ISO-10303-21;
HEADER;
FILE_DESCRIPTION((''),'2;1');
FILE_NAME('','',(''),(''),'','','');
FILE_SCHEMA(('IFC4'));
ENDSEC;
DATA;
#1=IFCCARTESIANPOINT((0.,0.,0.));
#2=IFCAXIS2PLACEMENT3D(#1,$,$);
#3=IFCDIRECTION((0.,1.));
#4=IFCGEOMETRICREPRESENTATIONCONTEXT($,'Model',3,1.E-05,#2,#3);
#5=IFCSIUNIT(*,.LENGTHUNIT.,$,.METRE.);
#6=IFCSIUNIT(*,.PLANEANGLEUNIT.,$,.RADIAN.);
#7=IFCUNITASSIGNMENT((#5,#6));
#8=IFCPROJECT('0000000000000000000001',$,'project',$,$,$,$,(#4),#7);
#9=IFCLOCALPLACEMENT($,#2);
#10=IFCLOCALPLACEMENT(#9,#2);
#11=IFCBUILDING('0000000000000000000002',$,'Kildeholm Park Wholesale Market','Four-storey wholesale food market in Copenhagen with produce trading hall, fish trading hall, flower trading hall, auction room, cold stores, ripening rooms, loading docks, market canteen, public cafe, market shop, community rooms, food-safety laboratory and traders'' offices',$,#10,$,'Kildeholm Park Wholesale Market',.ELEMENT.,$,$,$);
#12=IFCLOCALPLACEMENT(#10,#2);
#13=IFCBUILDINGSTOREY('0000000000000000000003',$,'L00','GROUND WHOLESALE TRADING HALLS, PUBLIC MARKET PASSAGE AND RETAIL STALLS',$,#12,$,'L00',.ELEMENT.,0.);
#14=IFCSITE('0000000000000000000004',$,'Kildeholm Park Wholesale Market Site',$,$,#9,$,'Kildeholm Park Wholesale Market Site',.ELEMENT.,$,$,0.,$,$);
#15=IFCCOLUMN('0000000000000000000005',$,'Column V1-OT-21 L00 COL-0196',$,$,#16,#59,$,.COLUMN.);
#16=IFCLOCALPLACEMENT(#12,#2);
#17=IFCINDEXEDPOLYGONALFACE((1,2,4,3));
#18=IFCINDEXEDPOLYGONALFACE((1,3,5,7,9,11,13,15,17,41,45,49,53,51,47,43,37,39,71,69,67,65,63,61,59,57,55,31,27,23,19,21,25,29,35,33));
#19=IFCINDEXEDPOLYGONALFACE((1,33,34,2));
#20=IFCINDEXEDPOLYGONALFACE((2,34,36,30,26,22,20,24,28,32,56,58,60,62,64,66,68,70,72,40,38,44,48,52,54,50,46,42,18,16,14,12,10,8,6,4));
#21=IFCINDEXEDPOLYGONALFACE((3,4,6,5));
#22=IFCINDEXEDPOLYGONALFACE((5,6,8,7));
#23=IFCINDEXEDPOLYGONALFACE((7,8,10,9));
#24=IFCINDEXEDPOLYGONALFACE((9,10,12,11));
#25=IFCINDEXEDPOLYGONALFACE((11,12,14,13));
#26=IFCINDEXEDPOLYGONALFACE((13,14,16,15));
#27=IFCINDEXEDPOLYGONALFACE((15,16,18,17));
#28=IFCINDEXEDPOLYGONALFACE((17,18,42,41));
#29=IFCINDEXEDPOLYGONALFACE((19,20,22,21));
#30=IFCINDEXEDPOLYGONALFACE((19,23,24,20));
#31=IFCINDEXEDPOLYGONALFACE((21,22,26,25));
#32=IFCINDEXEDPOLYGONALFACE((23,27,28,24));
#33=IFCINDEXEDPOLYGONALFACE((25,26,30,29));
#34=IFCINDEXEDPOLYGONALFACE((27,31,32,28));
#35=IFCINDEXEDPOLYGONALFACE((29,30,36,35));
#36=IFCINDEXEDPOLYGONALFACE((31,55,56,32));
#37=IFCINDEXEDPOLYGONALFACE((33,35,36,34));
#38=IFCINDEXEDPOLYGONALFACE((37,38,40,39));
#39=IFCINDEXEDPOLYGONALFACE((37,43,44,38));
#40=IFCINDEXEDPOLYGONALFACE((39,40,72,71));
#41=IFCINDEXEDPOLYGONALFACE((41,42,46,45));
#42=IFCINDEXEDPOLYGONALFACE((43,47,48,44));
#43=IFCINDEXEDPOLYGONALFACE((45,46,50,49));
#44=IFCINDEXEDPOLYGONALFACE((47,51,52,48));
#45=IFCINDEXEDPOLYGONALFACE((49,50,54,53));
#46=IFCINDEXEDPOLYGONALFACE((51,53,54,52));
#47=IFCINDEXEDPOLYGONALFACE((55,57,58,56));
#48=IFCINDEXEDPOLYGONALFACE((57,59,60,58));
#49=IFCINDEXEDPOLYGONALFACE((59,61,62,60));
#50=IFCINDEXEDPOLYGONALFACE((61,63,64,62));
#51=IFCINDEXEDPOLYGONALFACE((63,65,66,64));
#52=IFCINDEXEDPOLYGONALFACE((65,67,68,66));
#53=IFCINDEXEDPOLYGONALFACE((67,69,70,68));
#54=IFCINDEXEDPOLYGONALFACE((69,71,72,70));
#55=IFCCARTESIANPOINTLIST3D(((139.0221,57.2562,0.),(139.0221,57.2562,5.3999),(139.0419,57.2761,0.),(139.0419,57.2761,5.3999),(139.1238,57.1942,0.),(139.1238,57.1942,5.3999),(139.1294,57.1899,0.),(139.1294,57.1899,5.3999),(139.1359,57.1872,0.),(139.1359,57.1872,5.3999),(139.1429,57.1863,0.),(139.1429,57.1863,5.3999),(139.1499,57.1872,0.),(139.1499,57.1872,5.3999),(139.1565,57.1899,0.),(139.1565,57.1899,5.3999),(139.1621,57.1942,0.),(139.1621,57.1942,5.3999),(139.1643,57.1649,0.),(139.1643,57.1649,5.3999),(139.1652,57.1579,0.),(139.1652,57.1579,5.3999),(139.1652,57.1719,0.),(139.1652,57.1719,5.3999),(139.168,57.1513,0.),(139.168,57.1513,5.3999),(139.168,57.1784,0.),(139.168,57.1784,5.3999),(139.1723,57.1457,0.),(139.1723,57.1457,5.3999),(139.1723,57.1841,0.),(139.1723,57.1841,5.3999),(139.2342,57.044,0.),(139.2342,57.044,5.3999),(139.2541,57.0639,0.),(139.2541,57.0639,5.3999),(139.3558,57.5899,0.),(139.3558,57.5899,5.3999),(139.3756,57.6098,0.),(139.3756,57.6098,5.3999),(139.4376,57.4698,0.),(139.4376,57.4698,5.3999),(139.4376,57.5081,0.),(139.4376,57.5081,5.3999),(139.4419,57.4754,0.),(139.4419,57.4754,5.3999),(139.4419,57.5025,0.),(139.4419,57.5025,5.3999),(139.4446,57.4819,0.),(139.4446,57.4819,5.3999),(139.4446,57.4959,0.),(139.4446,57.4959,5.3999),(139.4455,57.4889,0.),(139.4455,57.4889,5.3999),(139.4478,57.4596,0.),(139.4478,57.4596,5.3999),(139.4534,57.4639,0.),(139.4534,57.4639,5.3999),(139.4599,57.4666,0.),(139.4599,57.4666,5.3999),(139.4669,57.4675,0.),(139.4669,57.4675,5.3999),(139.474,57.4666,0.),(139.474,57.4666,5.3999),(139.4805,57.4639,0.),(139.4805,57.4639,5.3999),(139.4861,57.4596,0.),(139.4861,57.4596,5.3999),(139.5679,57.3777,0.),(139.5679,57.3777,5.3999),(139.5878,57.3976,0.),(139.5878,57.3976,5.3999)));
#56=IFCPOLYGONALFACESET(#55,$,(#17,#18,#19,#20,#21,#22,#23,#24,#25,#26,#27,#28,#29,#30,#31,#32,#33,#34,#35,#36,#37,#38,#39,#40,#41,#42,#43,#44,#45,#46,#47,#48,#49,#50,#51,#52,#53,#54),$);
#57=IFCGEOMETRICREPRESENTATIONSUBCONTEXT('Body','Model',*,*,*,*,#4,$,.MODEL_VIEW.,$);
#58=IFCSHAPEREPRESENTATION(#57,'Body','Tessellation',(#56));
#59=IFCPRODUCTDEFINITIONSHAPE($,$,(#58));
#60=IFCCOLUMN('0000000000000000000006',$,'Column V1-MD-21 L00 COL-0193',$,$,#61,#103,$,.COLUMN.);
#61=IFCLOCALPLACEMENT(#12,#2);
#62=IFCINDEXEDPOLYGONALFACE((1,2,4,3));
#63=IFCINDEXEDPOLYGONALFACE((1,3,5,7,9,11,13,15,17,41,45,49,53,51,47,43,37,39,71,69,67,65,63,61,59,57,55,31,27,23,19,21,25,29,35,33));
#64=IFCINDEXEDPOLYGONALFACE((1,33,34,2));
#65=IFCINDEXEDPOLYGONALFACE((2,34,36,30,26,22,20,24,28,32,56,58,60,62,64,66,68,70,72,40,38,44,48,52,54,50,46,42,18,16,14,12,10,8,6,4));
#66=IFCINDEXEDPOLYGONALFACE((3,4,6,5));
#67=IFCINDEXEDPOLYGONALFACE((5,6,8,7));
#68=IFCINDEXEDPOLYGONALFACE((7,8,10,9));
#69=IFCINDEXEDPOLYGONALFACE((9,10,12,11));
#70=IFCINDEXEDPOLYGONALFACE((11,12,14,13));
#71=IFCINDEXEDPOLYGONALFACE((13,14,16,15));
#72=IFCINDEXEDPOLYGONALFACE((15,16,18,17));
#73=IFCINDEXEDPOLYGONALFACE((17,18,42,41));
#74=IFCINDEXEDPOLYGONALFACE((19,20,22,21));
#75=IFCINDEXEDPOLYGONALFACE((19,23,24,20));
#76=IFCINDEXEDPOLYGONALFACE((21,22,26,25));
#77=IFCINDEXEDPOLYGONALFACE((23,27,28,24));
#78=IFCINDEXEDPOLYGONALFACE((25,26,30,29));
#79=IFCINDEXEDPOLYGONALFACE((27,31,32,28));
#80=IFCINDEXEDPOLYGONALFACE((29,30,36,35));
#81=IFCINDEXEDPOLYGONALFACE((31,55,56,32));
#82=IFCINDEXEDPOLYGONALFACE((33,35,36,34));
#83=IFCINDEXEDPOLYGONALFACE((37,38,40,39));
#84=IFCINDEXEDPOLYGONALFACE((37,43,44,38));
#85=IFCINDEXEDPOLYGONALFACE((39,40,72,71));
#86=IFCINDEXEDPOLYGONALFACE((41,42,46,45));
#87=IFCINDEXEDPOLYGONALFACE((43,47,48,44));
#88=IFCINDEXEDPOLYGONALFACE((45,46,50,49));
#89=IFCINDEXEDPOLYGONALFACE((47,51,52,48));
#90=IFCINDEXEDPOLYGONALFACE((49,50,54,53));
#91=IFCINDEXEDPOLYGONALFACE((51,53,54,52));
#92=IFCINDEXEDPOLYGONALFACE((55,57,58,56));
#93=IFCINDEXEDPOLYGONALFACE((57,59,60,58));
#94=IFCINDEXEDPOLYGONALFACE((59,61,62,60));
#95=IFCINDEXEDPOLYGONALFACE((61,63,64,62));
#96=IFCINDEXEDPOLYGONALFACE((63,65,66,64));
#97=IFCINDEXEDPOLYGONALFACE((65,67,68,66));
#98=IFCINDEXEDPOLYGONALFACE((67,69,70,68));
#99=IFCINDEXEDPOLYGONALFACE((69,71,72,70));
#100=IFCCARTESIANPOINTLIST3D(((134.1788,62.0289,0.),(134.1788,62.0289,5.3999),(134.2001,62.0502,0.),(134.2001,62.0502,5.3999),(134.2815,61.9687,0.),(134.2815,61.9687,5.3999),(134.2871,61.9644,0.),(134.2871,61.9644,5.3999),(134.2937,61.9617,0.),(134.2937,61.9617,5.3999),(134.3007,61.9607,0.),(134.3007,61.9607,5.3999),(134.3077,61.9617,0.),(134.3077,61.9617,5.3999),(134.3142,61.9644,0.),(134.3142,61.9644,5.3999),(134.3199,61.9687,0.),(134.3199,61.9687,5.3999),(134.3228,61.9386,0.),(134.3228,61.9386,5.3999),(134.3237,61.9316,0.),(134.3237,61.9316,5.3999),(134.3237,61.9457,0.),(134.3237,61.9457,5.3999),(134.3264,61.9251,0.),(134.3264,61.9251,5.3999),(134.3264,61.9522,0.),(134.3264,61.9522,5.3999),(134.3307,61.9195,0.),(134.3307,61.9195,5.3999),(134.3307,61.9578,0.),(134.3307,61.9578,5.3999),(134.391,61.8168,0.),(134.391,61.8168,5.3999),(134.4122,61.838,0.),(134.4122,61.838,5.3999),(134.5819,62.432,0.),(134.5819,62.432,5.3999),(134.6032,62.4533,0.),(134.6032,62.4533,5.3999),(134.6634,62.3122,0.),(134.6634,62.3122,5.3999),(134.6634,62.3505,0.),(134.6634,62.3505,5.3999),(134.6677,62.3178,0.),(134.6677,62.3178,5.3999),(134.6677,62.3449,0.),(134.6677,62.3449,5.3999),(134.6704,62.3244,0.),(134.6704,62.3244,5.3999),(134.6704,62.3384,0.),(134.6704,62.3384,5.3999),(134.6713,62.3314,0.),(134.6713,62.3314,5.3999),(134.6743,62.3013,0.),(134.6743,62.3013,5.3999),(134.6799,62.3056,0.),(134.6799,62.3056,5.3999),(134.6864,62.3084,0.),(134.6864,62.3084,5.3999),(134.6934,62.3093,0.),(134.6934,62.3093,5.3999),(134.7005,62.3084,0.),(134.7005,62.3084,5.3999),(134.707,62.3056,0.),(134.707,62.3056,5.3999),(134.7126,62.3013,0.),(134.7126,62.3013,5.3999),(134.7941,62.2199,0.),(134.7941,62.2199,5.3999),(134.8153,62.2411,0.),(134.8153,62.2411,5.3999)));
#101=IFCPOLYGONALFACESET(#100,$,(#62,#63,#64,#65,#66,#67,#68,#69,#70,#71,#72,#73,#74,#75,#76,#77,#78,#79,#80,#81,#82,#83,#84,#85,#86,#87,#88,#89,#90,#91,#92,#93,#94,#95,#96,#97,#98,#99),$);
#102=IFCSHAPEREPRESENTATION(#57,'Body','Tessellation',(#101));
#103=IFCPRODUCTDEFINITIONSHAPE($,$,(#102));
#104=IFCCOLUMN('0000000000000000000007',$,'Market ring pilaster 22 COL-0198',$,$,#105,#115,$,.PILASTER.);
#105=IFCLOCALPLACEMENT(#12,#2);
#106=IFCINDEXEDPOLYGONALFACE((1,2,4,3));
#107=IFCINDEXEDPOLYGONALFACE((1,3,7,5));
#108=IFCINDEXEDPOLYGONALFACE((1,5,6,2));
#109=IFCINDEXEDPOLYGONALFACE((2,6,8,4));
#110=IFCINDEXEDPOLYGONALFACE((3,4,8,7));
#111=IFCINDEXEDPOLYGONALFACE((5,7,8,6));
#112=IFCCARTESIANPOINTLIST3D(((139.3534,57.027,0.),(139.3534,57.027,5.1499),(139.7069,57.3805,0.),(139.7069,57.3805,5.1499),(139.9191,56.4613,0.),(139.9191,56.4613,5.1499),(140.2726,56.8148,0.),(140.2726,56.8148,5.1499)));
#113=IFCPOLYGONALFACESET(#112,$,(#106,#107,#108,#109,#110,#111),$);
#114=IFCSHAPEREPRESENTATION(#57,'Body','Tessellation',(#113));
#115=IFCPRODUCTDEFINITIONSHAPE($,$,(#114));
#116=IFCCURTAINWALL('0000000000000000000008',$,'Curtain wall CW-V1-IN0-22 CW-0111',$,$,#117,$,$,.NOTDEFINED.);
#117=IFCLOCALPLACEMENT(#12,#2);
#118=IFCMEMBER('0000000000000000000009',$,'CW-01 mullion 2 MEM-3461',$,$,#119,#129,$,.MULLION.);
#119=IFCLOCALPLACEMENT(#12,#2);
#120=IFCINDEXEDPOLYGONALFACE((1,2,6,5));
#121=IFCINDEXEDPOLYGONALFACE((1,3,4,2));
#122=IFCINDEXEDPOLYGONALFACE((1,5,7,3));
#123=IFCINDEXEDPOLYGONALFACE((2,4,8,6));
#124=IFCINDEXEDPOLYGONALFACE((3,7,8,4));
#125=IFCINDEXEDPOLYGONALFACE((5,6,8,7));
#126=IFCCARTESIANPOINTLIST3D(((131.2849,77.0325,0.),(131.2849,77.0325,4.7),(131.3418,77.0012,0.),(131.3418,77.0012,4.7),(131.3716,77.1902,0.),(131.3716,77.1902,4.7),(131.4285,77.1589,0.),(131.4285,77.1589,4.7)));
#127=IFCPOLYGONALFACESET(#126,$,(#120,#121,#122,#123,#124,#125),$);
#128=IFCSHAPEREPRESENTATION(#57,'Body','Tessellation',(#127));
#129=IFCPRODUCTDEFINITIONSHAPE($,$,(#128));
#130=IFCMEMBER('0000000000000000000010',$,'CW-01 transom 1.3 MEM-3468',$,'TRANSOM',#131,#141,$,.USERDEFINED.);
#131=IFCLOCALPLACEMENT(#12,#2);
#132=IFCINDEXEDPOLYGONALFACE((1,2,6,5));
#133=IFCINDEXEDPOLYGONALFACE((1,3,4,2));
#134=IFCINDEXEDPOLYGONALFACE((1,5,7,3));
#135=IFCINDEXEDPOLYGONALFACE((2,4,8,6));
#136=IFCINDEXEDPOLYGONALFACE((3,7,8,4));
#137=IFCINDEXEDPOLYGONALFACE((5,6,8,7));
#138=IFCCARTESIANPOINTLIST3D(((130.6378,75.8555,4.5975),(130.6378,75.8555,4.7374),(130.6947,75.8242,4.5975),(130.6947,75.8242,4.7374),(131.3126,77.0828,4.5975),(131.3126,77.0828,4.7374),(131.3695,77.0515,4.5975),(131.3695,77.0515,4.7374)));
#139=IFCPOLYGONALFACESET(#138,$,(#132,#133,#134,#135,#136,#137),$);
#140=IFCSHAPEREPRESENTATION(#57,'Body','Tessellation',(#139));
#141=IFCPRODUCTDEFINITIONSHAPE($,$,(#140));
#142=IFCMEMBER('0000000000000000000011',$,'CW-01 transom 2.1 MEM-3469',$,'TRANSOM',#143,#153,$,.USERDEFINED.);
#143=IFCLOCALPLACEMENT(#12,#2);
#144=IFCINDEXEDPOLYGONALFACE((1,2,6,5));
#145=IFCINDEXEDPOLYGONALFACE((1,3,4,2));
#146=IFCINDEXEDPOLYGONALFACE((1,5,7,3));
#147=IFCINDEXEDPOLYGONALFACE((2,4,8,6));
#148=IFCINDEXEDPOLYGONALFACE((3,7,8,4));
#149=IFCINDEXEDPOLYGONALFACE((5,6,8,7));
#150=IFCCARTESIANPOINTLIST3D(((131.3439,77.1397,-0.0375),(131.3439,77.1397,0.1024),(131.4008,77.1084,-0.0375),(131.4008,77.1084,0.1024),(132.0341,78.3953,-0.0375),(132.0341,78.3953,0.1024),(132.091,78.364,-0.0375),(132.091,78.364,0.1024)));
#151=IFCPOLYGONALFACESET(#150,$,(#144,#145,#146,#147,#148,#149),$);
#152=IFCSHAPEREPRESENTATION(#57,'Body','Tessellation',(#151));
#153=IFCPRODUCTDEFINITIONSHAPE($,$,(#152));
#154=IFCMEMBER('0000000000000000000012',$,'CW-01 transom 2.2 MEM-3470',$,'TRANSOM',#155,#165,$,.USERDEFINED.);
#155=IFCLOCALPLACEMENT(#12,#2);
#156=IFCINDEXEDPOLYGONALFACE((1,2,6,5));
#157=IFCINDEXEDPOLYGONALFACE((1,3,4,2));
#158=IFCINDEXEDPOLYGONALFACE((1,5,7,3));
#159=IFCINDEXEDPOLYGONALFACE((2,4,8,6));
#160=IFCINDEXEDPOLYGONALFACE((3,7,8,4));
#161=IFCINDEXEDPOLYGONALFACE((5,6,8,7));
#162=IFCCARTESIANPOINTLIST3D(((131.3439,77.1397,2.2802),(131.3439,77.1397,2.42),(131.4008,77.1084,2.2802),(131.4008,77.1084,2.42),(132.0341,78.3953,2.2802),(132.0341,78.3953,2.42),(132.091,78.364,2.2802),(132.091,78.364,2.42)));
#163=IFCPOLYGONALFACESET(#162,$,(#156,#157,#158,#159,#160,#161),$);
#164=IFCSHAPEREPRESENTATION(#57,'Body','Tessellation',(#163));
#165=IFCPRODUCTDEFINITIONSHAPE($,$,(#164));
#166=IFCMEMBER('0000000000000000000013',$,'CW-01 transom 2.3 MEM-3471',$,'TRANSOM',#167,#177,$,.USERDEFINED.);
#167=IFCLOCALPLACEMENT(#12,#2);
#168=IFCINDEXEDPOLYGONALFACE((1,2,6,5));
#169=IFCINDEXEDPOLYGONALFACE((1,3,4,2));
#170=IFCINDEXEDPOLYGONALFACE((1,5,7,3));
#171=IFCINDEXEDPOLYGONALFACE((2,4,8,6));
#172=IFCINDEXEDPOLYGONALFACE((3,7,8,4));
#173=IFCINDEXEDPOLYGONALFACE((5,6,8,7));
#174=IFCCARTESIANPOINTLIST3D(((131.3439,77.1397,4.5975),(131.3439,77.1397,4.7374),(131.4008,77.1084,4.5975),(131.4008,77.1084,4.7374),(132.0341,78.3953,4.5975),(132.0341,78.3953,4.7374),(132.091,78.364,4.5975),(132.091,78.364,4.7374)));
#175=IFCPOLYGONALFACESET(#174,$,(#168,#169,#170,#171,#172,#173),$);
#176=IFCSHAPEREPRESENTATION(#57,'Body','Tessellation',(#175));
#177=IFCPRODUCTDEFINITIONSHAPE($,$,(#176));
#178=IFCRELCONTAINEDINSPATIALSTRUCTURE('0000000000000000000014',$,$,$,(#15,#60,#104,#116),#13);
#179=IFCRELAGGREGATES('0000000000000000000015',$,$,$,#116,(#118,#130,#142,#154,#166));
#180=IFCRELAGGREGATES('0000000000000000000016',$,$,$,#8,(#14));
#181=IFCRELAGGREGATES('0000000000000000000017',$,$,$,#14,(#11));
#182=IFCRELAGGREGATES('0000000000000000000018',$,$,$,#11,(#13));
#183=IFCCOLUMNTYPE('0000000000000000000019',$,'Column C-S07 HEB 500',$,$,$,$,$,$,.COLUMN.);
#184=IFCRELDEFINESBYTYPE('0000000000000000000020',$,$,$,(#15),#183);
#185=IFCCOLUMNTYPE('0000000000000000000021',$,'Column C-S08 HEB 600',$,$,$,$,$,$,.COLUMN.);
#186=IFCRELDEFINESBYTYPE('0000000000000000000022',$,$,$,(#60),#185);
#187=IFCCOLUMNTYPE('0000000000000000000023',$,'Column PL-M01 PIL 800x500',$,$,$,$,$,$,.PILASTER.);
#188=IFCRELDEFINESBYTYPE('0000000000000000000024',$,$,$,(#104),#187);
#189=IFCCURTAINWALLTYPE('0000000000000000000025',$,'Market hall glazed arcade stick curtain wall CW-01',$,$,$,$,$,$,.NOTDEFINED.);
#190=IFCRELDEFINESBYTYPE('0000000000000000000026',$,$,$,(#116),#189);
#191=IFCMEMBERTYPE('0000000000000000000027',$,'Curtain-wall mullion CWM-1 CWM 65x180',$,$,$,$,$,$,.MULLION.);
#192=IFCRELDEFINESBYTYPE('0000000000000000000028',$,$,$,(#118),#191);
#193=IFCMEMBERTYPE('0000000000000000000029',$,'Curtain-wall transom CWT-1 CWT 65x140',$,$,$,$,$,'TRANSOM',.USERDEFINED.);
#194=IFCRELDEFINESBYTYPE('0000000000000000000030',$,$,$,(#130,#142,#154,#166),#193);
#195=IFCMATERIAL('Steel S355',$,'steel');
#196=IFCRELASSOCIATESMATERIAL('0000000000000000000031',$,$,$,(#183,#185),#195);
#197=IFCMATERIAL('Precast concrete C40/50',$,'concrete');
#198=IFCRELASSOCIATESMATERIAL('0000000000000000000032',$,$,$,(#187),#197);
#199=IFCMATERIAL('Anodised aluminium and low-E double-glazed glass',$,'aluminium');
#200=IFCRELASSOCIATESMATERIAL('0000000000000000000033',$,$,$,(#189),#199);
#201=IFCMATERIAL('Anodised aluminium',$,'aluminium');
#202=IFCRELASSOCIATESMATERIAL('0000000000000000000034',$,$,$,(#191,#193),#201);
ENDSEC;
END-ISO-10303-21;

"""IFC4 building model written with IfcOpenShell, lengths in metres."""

from ifc_helpers import new_model, si_unit, direction, frame, origin, origin_2d, place, context, subcontext, project, spatial, rectangle, i_section, extrude, material, material_profile, profile_set, type_object, element, aggregate, save


model = new_model("IFC4")

# Units and contexts
model_context = context("Model", 3, precision=1e-05, world=origin(), true_north=direction((0.0, 1.0)))
body_context = subcontext(model_context, "Body", "Model", "MODEL_VIEW")
ifc_project = project(units=[si_unit("LENGTHUNIT", "METRE"), si_unit("PLANEANGLEUNIT", "RADIAN")], contexts=[model_context])

# Site, building, storey
site_placement = place(None, origin())
site = spatial("IfcSite", under=ifc_project, at=site_placement, Name="Kildeholm Park Wholesale Market Site", LongName="Kildeholm Park Wholesale Market Site", CompositionType="ELEMENT", RefElevation=0.0)
building_placement = place(site_placement, origin())
building = spatial("IfcBuilding", under=site, at=building_placement, Name="Kildeholm Park Wholesale Market", Description="Four-storey wholesale food market in Copenhagen with produce trading hall, fish trading hall, flower trading hall, auction room, cold stores, ripening rooms, loading docks, market canteen, public cafe, market shop, community rooms, food-safety laboratory and traders' offices", LongName="Kildeholm Park Wholesale Market", CompositionType="ELEMENT")
storey_placement = place(building_placement, origin())
storey = spatial("IfcBuildingStorey", under=building, at=storey_placement, Name="L00", Description="GROUND WHOLESALE TRADING HALLS, PUBLIC MARKET PASSAGE AND RETAIL STALLS", LongName="L00", CompositionType="ELEMENT", Elevation=0.0)

# Columns
ifc_material_1 = material(Name="Steel S355", Category="steel")
ifc_material_profile_1 = material_profile(ifc_material_1, i_section(OverallWidth=0.3, OverallDepth=0.5, WebThickness=0.0144, FlangeThickness=0.0281, FilletRadius=0.0271, at=origin_2d()), Name="HEB 500")
ifc_profile_set_1 = profile_set([ifc_material_profile_1], Name="Steel S355")
column_type_1 = type_object("IfcColumnType", Name="Column C-S07 HEB 500", PredefinedType="COLUMN", material=ifc_profile_set_1)
column_1_placement = place(storey_placement, frame((139.3049, 57.3269, 0.0), z_axis=(0.0, 0.0, 1.0), x_axis=(0.707107, -0.707107, 0.0)))
element("IfcColumn", 1, at=column_1_placement, inside=storey, type_object=column_type_1, Name="Column V1-OT-21 L00 COL-0196", PredefinedType="COLUMN", context=body_context, shape_type="SweptSolid", body=[
    extrude(i_section(OverallWidth=0.3, OverallDepth=0.5, WebThickness=0.0144, FlangeThickness=0.0281, FilletRadius=0.0271, at=origin_2d()), origin(), (0.0, 0.0, 1.0), 5.3999),
])
ifc_material_profile_2 = material_profile(ifc_material_1, i_section(OverallWidth=0.3, OverallDepth=0.6001, WebThickness=0.0154, FlangeThickness=0.03, FilletRadius=0.0271, at=origin_2d()), Name="HEB 600")
ifc_profile_set_2 = profile_set([ifc_material_profile_2], Name="Steel S355")
column_type_2 = type_object("IfcColumnType", Name="Column C-S08 HEB 600", PredefinedType="COLUMN", material=ifc_profile_set_2)
column_2_placement = place(storey_placement, frame((134.4971, 62.135, 0.0), z_axis=(0.0, 0.0, 1.0), x_axis=(0.707107, -0.707107, 0.0)))
element("IfcColumn", 2, at=column_2_placement, inside=storey, type_object=column_type_2, Name="Column V1-MD-21 L00 COL-0193", PredefinedType="COLUMN", context=body_context, shape_type="SweptSolid", body=[
    extrude(i_section(OverallWidth=0.3, OverallDepth=0.6001, WebThickness=0.0154, FlangeThickness=0.03, FilletRadius=0.0271, at=origin_2d()), origin(), (0.0, 0.0, 1.0), 5.3999),
])
ifc_material_2 = material(Name="Precast concrete C40/50", Category="concrete")
ifc_material_profile_3 = material_profile(ifc_material_2, rectangle(XDim=0.8, YDim=0.5, at=origin_2d()), Name="PIL 800x500")
ifc_profile_set_3 = profile_set([ifc_material_profile_3], Name="Precast concrete C40/50")
column_type_3 = type_object("IfcColumnType", Name="Column PL-M01 PIL 800x500", PredefinedType="PILASTER", material=ifc_profile_set_3)
column_3_placement = place(storey_placement, frame((139.813, 56.9209, 0.0), z_axis=(0.0, 0.0, 1.0), x_axis=(0.707107, -0.707107, 0.0)))
element("IfcColumn", 3, at=column_3_placement, inside=storey, type_object=column_type_3, Name="Market ring pilaster 22 COL-0198", PredefinedType="PILASTER", context=body_context, shape_type="SweptSolid", body=[
    extrude(rectangle(XDim=0.8, YDim=0.5, at=origin_2d()), origin(), (0.0, 0.0, 1.0), 5.1499),
])

# Curtain wall, members
ifc_material_3 = material(Name="Anodised aluminium and low-E double-glazed glass", Category="aluminium")
curtain_wall_type = type_object("IfcCurtainWallType", Name="Market hall glazed arcade stick curtain wall CW-01", PredefinedType="NOTDEFINED", material=ifc_material_3)
curtain_wall_placement = place(storey_placement, origin())
curtain_wall = element("IfcCurtainWall", 4, at=curtain_wall_placement, inside=storey, type_object=curtain_wall_type, Name="Curtain wall CW-V1-IN0-22 CW-0111", PredefinedType="NOTDEFINED")
ifc_material_4 = material(Name="Anodised aluminium", Category="aluminium")
ifc_material_profile_4 = material_profile(ifc_material_4, rectangle(XDim=0.0649, YDim=0.1799, at=origin_2d()), Name="CWM 65x180")
ifc_profile_set_4 = profile_set([ifc_material_profile_4], Name="Anodised aluminium")
member_type_1 = type_object("IfcMemberType", Name="Curtain-wall mullion CWM-1 CWM 65x180", PredefinedType="MULLION", material=ifc_profile_set_4)
member_1_placement = place(storey_placement, frame((131.3567, 77.0957, 0.0), z_axis=(0.0, 0.0, 1.0), x_axis=(-0.876309, 0.48175, 0.0)))
member_1 = element("IfcMember", 5, at=member_1_placement, type_object=member_type_1, Name="CW-01 mullion 2 MEM-3461", PredefinedType="MULLION", context=body_context, shape_type="SweptSolid", body=[
    extrude(rectangle(XDim=0.0649, YDim=0.1799, at=origin_2d()), origin(), (0.0, 0.0, 1.0), 4.7),
])
ifc_material_profile_5 = material_profile(ifc_material_4, rectangle(XDim=0.0649, YDim=0.1399, at=origin_2d()), Name="CWT 65x140")
ifc_profile_set_5 = profile_set([ifc_material_profile_5], Name="Anodised aluminium")
member_type_2 = type_object("IfcMemberType", Name="Curtain-wall transom CWT-1 CWT 65x140", ElementType="TRANSOM", PredefinedType="USERDEFINED", material=ifc_profile_set_5)
member_2_placement = place(storey_placement, frame((130.6663, 75.8398, 4.6675), z_axis=(0.481805, 0.876278, 0.0), x_axis=(-0.876278, 0.481805, 0.0)))
member_2 = element("IfcMember", 6, at=member_2_placement, type_object=member_type_2, Name="CW-01 transom 1.3 MEM-3468", ObjectType="TRANSOM", PredefinedType="USERDEFINED", context=body_context, shape_type="SweptSolid", body=[
    extrude(rectangle(XDim=0.0649, YDim=0.1399, at=origin_2d()), origin(), (0.0, 0.0, 1.0), 1.4006),
])
member_3_placement = place(storey_placement, frame((131.3723, 77.124, 0.0325), z_axis=(0.481703, 0.876335, 0.0), x_axis=(-0.876335, 0.481703, 0.0)))
member_3 = element("IfcMember", 7, at=member_3_placement, type_object=member_type_2, Name="CW-01 transom 2.1 MEM-3469", ObjectType="TRANSOM", PredefinedType="USERDEFINED", context=body_context, shape_type="SweptSolid", body=[
    extrude(rectangle(XDim=0.0649, YDim=0.1399, at=origin_2d()), origin(), (0.0, 0.0, 1.0), 1.4329),
])
member_4_placement = place(storey_placement, frame((131.3723, 77.124, 2.3501), z_axis=(0.481703, 0.876335, 0.0), x_axis=(-0.876335, 0.481703, 0.0)))
member_4 = element("IfcMember", 8, at=member_4_placement, type_object=member_type_2, Name="CW-01 transom 2.2 MEM-3470", ObjectType="TRANSOM", PredefinedType="USERDEFINED", context=body_context, shape_type="SweptSolid", body=[
    extrude(rectangle(XDim=0.0649, YDim=0.1399, at=origin_2d()), origin(), (0.0, 0.0, 1.0), 1.4329),
])
member_5_placement = place(storey_placement, frame((131.3723, 77.124, 4.6675), z_axis=(0.481703, 0.876335, 0.0), x_axis=(-0.876335, 0.481703, 0.0)))
member_5 = element("IfcMember", 9, at=member_5_placement, type_object=member_type_2, Name="CW-01 transom 2.3 MEM-3471", ObjectType="TRANSOM", PredefinedType="USERDEFINED", context=body_context, shape_type="SweptSolid", body=[
    extrude(rectangle(XDim=0.0649, YDim=0.1399, at=origin_2d()), origin(), (0.0, 0.0, 1.0), 1.4329),
])
aggregate(curtain_wall, [member_1, member_2, member_3, member_4, member_5])

save(model, "model.ifc")
